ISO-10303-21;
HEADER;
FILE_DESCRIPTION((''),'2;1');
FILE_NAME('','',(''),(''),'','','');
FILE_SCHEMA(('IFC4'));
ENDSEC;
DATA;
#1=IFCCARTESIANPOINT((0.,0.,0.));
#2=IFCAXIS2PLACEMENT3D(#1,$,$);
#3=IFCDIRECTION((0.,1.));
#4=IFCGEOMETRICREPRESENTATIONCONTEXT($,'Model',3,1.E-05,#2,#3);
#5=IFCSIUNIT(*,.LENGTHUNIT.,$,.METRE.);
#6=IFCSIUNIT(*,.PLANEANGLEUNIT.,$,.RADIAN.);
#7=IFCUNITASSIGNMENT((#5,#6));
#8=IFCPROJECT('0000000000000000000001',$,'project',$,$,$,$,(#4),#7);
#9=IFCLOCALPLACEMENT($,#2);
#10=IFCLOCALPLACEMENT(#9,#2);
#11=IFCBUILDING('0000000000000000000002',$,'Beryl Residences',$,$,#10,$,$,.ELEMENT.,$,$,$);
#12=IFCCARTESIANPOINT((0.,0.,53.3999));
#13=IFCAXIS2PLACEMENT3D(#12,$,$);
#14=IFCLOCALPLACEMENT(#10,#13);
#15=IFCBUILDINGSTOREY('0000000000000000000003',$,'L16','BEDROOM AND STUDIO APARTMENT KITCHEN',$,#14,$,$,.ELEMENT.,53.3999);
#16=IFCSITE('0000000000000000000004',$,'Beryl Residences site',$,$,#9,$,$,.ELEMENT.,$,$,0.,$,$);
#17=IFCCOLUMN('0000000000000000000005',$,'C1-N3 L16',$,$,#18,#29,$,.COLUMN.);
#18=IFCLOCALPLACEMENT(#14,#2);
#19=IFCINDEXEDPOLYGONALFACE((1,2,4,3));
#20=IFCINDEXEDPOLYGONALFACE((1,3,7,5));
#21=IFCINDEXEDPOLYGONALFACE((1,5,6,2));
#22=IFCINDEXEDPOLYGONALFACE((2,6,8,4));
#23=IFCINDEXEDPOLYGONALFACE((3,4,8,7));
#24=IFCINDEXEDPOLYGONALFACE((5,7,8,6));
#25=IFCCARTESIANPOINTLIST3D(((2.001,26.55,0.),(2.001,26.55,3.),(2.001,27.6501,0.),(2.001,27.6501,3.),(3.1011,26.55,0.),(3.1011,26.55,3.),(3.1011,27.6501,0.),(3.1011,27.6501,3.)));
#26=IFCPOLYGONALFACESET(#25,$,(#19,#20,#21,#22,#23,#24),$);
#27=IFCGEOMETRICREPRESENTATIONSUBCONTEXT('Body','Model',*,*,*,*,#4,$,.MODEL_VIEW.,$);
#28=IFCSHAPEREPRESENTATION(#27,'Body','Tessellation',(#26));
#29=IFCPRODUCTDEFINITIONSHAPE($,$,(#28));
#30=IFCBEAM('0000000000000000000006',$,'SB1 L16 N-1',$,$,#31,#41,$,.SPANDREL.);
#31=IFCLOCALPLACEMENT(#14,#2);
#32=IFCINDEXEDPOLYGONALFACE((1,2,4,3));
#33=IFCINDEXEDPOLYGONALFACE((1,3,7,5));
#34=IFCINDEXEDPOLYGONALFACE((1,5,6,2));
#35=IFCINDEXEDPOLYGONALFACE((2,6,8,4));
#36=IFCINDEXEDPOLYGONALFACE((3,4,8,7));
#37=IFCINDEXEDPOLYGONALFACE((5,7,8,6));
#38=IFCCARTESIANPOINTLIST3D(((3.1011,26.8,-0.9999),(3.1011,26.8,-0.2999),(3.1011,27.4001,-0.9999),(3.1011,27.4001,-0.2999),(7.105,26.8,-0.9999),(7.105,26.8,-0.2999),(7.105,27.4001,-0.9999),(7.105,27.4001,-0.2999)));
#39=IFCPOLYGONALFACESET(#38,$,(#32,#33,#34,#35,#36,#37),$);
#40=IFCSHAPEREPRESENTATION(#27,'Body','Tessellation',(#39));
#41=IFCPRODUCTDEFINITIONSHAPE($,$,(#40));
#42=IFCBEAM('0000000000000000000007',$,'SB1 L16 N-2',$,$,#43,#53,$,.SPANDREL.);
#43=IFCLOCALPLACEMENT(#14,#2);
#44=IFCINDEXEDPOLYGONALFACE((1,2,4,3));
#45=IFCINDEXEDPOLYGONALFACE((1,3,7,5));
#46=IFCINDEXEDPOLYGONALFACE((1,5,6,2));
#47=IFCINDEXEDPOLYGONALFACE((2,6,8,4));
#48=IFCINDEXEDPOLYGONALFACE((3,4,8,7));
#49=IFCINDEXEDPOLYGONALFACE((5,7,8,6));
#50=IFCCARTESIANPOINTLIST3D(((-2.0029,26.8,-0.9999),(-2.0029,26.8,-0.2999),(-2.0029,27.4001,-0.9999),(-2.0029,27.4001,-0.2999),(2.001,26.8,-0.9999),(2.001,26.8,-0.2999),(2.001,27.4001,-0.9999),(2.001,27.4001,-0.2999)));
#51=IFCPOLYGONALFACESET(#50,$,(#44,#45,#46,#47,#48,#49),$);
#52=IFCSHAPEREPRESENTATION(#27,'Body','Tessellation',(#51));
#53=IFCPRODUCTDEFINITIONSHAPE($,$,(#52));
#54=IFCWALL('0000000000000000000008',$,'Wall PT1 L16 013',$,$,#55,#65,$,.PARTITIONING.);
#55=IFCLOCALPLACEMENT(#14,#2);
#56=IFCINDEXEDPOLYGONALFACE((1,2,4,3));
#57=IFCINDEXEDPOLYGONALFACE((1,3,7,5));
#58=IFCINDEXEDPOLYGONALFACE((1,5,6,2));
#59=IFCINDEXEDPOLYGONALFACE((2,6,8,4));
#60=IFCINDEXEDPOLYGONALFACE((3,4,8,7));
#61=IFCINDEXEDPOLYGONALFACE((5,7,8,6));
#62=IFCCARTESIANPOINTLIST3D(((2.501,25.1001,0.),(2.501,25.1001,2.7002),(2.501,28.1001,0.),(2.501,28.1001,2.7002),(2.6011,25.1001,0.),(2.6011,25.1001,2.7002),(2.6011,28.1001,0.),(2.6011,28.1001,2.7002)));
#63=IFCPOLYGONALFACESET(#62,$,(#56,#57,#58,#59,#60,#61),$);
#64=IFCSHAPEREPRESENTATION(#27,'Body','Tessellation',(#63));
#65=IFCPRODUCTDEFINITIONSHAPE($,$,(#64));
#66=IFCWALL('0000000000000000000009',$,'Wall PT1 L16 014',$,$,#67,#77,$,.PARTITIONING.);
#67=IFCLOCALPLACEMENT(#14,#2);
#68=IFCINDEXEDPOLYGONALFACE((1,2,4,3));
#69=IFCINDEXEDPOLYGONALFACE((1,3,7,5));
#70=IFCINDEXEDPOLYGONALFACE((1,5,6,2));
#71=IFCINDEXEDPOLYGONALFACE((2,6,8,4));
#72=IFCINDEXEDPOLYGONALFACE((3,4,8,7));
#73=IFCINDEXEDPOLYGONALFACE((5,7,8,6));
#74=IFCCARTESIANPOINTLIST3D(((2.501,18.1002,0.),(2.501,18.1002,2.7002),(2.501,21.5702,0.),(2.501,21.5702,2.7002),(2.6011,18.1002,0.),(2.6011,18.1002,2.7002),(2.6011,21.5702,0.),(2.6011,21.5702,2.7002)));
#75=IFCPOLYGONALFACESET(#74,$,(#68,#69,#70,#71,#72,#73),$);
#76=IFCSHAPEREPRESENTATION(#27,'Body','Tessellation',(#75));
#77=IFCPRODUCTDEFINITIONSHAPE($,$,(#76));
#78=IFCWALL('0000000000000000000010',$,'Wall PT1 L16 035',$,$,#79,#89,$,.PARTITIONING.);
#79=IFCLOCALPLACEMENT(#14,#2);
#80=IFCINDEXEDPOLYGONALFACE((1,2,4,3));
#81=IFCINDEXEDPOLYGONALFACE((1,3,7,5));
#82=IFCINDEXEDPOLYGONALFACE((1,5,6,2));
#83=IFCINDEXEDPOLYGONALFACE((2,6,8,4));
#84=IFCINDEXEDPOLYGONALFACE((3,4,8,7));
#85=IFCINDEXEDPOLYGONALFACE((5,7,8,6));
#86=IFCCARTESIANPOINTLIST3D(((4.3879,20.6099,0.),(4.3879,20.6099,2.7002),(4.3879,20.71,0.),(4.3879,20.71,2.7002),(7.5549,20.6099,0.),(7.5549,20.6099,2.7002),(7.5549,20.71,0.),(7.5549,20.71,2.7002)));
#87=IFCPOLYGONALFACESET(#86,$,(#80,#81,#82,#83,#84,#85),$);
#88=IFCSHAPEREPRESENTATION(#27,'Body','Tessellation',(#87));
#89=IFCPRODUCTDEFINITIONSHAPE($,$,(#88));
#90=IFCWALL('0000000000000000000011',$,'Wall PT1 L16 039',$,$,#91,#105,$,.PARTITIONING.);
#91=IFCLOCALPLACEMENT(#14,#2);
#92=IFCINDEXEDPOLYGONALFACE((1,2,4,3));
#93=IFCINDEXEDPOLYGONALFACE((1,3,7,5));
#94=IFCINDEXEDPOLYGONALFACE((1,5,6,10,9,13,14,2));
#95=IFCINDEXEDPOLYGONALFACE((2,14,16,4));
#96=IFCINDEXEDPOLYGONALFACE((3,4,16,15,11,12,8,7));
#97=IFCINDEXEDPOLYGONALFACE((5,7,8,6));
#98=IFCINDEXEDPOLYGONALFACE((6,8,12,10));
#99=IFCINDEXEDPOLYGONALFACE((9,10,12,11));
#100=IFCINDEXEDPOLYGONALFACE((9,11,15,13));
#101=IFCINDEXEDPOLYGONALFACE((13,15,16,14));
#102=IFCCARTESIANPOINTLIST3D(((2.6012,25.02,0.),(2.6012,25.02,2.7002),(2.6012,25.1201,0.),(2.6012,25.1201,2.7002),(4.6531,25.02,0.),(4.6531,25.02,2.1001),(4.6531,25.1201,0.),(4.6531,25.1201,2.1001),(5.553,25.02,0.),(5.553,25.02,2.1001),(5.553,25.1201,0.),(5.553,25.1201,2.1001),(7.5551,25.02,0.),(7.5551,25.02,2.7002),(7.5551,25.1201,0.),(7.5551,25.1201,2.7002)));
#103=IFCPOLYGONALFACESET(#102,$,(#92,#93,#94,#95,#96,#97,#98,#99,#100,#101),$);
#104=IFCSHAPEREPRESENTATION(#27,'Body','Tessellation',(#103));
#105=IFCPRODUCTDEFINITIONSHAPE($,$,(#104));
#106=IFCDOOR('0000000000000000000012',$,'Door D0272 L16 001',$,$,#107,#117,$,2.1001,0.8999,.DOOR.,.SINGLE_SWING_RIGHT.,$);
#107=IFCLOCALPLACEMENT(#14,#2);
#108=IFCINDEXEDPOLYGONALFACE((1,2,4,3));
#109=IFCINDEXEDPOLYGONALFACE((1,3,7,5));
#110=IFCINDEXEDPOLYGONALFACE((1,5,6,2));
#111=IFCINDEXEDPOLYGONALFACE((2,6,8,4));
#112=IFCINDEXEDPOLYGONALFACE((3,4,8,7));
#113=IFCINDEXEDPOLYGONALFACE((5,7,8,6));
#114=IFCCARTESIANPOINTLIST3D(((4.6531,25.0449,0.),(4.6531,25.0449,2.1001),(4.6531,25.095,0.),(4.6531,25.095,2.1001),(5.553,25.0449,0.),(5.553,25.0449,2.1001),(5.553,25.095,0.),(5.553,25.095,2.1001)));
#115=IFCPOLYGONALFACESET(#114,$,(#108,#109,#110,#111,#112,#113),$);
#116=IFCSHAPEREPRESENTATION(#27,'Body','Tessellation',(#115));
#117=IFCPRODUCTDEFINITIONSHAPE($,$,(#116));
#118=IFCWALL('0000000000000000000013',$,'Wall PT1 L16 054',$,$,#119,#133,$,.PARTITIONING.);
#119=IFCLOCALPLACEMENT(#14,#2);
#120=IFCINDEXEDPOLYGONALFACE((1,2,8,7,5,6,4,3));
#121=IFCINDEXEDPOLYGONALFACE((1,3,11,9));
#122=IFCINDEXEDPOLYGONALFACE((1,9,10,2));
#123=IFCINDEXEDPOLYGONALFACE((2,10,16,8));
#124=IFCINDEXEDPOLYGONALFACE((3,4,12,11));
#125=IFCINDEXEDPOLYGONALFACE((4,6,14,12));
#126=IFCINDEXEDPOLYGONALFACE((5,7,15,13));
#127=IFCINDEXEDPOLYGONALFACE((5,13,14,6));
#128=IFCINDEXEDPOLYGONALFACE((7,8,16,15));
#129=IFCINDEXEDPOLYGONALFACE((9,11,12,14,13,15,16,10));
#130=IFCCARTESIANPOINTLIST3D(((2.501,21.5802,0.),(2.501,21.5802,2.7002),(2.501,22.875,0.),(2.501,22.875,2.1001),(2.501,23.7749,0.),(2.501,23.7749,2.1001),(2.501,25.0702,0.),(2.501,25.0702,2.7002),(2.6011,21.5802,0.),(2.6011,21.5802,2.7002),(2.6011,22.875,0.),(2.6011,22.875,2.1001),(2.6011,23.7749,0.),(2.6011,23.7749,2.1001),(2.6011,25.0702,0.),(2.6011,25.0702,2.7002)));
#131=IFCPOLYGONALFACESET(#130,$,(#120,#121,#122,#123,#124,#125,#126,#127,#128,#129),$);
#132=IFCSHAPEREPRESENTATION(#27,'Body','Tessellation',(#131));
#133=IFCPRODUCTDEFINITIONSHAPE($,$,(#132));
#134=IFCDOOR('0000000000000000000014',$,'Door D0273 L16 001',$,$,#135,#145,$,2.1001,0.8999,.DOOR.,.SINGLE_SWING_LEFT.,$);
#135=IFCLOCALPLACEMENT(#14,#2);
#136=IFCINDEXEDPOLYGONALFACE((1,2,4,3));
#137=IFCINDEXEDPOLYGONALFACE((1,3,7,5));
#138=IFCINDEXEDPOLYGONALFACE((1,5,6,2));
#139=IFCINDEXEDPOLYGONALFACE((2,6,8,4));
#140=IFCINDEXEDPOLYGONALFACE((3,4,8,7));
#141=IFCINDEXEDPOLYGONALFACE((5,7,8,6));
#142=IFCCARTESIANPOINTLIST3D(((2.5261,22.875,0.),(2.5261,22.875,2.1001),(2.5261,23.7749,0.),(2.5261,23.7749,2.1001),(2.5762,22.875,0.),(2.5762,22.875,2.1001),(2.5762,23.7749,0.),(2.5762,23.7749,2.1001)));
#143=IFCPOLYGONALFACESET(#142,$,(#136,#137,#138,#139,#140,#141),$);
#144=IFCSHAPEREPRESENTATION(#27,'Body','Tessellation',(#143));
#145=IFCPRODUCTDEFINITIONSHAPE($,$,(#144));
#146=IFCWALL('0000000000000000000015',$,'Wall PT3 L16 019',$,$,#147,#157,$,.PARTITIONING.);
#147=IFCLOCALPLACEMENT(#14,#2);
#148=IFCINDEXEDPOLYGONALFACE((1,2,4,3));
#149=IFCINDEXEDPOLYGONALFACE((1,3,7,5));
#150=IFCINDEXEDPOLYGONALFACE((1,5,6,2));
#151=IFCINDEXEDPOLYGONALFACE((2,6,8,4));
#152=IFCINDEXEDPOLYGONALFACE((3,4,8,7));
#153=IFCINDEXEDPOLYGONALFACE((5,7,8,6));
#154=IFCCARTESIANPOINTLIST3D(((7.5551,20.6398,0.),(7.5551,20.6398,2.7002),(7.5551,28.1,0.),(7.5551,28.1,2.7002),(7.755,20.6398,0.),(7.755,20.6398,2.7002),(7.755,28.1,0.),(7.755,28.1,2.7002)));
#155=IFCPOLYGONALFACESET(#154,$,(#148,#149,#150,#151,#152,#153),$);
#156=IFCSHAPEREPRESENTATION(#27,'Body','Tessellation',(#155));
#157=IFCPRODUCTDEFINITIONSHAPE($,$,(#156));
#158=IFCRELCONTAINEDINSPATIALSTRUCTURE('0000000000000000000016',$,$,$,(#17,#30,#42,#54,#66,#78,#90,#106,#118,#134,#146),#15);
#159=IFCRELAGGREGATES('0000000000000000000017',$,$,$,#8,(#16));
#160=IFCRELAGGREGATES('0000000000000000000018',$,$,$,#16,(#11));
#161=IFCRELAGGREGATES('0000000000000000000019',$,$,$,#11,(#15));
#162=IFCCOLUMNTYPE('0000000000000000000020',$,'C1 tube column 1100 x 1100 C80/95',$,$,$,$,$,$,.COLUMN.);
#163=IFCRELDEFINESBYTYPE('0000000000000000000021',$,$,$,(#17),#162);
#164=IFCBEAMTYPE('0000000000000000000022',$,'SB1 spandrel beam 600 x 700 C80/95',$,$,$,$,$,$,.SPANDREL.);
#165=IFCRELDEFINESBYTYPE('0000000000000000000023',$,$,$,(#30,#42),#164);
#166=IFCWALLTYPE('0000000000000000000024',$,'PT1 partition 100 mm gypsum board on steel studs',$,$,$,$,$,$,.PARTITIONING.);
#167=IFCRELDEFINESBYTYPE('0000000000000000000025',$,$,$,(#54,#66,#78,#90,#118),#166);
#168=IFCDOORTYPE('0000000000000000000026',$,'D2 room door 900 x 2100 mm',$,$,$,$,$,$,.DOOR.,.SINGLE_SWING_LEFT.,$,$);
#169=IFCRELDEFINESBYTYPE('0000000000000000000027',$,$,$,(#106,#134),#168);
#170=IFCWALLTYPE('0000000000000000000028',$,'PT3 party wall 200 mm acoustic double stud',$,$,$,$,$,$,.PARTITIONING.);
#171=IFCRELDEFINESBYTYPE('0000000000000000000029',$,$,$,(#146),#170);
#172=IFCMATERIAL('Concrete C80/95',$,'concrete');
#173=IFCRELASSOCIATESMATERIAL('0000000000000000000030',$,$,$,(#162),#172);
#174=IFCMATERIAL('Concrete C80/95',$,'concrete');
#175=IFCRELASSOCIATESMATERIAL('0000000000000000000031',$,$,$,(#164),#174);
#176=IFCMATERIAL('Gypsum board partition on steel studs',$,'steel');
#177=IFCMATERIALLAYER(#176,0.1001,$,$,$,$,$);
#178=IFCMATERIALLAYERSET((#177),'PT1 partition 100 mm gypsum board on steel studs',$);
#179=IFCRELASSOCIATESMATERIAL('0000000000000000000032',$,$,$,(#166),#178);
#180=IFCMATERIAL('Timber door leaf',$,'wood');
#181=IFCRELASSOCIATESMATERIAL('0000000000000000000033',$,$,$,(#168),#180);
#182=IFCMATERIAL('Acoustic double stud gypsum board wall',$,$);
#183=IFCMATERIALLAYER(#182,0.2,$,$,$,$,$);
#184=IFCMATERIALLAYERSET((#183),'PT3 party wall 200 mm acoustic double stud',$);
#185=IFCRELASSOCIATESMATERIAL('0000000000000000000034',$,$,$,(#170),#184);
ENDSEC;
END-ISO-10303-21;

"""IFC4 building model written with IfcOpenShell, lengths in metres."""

from ifc_helpers import new_model, si_unit, direction, frame, frame_2d, origin, origin_2d, place, context, subcontext, project, spatial, rectangle, extrude, material, layer, layer_set, material_profile, profile_set, type_object, element, fill, save


model = new_model("IFC4")

# Units and contexts
model_context = context("Model", 3, precision=1e-05, world=origin(), true_north=direction((0.0, 1.0)))
body_context = subcontext(model_context, "Body", "Model", "MODEL_VIEW")
ifc_project = project(units=[si_unit("LENGTHUNIT", "METRE"), si_unit("PLANEANGLEUNIT", "RADIAN")], contexts=[model_context])

# Site, building, storey
site_placement = place(None, origin())
site = spatial("IfcSite", under=ifc_project, at=site_placement, Name="Beryl Residences site", CompositionType="ELEMENT", RefElevation=0.0)
building_placement = place(site_placement, origin())
building = spatial("IfcBuilding", under=site, at=building_placement, Name="Beryl Residences", CompositionType="ELEMENT")
storey_placement = place(building_placement, frame((0.0, 0.0, 53.3999)))
storey = spatial("IfcBuildingStorey", under=building, at=storey_placement, Name="L16", Description="BEDROOM AND STUDIO APARTMENT KITCHEN", CompositionType="ELEMENT", Elevation=53.3999)

# Column
ifc_material_1 = material(Name="Concrete C80/95", Category="concrete")
ifc_material_profile_1 = material_profile(ifc_material_1, rectangle(XDim=1.1001, YDim=1.1001, at=origin_2d()))
ifc_profile_set_1 = profile_set([ifc_material_profile_1], Name="Concrete C80/95")
column_type = type_object("IfcColumnType", Name="C1 tube column 1100 x 1100 C80/95", PredefinedType="COLUMN", material=ifc_profile_set_1)
column_placement = place(storey_placement, frame((2.551, 27.1001, 0.0), z_axis=(0.0, 0.0, 1.0), x_axis=(-1.0, 0.0, 0.0)))
element("IfcColumn", 1, at=column_placement, inside=storey, type_object=column_type, Name="C1-N3 L16", PredefinedType="COLUMN", context=body_context, shape_type="SweptSolid", body=[
    extrude(rectangle(XDim=1.1001, YDim=1.1001, at=origin_2d()), origin(), (0.0, 0.0, 1.0), 3.0),
])

# Beams
ifc_material_2 = material(Name="Concrete C80/95", Category="concrete")
ifc_material_profile_2 = material_profile(ifc_material_2, rectangle(XDim=0.6001, YDim=0.7, at=origin_2d()))
ifc_profile_set_2 = profile_set([ifc_material_profile_2], Name="Concrete C80/95")
beam_type = type_object("IfcBeamType", Name="SB1 spandrel beam 600 x 700 C80/95", PredefinedType="SPANDREL", material=ifc_profile_set_2)
for number, where, z_axis, x_axis, name in (
    (2, (7.105, 27.1001, -0.6499), (-1.0, 0.0, 0.0), (0.0, -1.0, 0.0), "SB1 L16 N-1"),
    (3, (2.001, 27.1001, -0.6499), (-1.0, 0.0, 0.0), (0.0, -1.0, 0.0), "SB1 L16 N-2"),
):
    element("IfcBeam", number, at=place(storey_placement, frame(where, z_axis=z_axis, x_axis=x_axis)), inside=storey, type_object=beam_type, Name=name, PredefinedType="SPANDREL", context=body_context, shape_type="SweptSolid", body=[
        extrude(rectangle(XDim=0.6001, YDim=0.7, at=origin_2d()), origin(), (0.0, 0.0, 1.0), 4.0039),
    ])

# Walls
ifc_material_3 = material(Name="Gypsum board partition on steel studs", Category="steel")
ifc_layer_1 = layer(ifc_material_3, 0.1001)
ifc_layer_set_1 = layer_set([ifc_layer_1], Name="PT1 partition 100 mm gypsum board on steel studs")
wall_type_1 = type_object("IfcWallType", Name="PT1 partition 100 mm gypsum board on steel studs", PredefinedType="PARTITIONING", material=ifc_layer_set_1)
wall_1_placement = place(storey_placement, frame((2.551, 28.1001, 0.0), z_axis=(0.0, 0.0, 1.0), x_axis=(0.0, -1.0, 0.0)))
element("IfcWall", 4, at=wall_1_placement, inside=storey, type_object=wall_type_1, Name="Wall PT1 L16 013", PredefinedType="PARTITIONING", context=body_context, shape_type="SweptSolid", body=[
    extrude(rectangle(XDim=3.0, YDim=0.1001, at=frame_2d((1.5, 0.0))), origin(), (0.0, 0.0, 1.0), 2.7002),
])
wall_2_placement = place(storey_placement, frame((2.551, 21.5701, 0.0), z_axis=(0.0, 0.0, 1.0), x_axis=(0.0, -1.0, 0.0)))
element("IfcWall", 5, at=wall_2_placement, inside=storey, type_object=wall_type_1, Name="Wall PT1 L16 014", PredefinedType="PARTITIONING", context=body_context, shape_type="SweptSolid", body=[
    extrude(rectangle(XDim=3.47, YDim=0.1001, at=frame_2d((1.7349, 0.0))), origin(), (0.0, 0.0, 1.0), 2.7002),
])
wall_3_placement = place(storey_placement, frame((4.3879, 20.6599, 0.0), z_axis=(0.0, 0.0, 1.0), x_axis=(1.0, 0.0, 0.0)))
element("IfcWall", 6, at=wall_3_placement, inside=storey, type_object=wall_type_1, Name="Wall PT1 L16 035", PredefinedType="PARTITIONING", context=body_context, shape_type="SweptSolid", body=[
    extrude(rectangle(XDim=3.167, YDim=0.1001, at=frame_2d((1.5835, 0.0))), origin(), (0.0, 0.0, 1.0), 2.7002),
])

# Walls, openings, doors
wall_4_placement = place(storey_placement, frame((2.6011, 25.0701, 0.0), z_axis=(0.0, 0.0, 1.0), x_axis=(1.0, 0.0, 0.0)))
wall_4 = element("IfcWall", 7, at=wall_4_placement, inside=storey, type_object=wall_type_1, Name="Wall PT1 L16 039", PredefinedType="PARTITIONING", context=body_context, shape_type="SweptSolid", body=[
    extrude(rectangle(XDim=4.9539, YDim=0.1001, at=frame_2d((2.4771, 0.0))), origin(), (0.0, 0.0, 1.0), 2.7002),
])
opening_1_placement = place(wall_4_placement, frame((2.052, 0.0, 0.0)))
opening_1 = element("IfcOpeningElement", 8, at=opening_1_placement, cuts=wall_4, PredefinedType="OPENING", context=body_context, shape_type="SweptSolid", body=[
    extrude(rectangle(XDim=0.8999, YDim=2.1001, at=frame_2d((0.45, 1.05))), frame((0.0, 0.0601, 0.0), z_axis=(0.0, -1.0, 0.0), x_axis=(1.0, 0.0, 0.0)), (0.0, 0.0, 1.0), 0.1201),
])
ifc_material_4 = material(Name="Timber door leaf", Category="wood")
door_type = type_object("IfcDoorType", Name="D2 room door 900 x 2100 mm", OperationType="SINGLE_SWING_LEFT", PredefinedType="DOOR", material=ifc_material_4)
door_1_placement = place(opening_1_placement, origin())
door_1 = element("IfcDoor", 9, at=door_1_placement, inside=storey, type_object=door_type, Name="Door D0272 L16 001", OperationType="SINGLE_SWING_RIGHT", OverallHeight=2.1001, OverallWidth=0.8999, PredefinedType="DOOR", context=body_context, shape_type="SweptSolid", body=[
    extrude(rectangle(XDim=0.8999, YDim=2.1001, at=frame_2d((0.45, 1.05))), frame((0.0, 0.0249, 0.0), z_axis=(0.0, -1.0, 0.0), x_axis=(1.0, 0.0, 0.0)), (0.0, 0.0, 1.0), 0.05),
])
fill(opening_1, door_1)
wall_5_placement = place(storey_placement, frame((2.551, 21.5801, 0.0), z_axis=(0.0, 0.0, 1.0), x_axis=(0.0, 1.0, 0.0)))
wall_5 = element("IfcWall", 10, at=wall_5_placement, inside=storey, type_object=wall_type_1, Name="Wall PT1 L16 054", PredefinedType="PARTITIONING", context=body_context, shape_type="SweptSolid", body=[
    extrude(rectangle(XDim=3.49, YDim=0.1001, at=frame_2d((1.7451, 0.0))), origin(), (0.0, 0.0, 1.0), 2.7002),
])
opening_2_placement = place(wall_5_placement, frame((1.2949, 0.0, 0.0)))
opening_2 = element("IfcOpeningElement", 11, at=opening_2_placement, cuts=wall_5, PredefinedType="OPENING", context=body_context, shape_type="SweptSolid", body=[
    extrude(rectangle(XDim=0.8999, YDim=2.1001, at=frame_2d((0.45, 1.05))), frame((0.0, 0.0601, 0.0), z_axis=(0.0, -1.0, 0.0), x_axis=(1.0, 0.0, 0.0)), (0.0, 0.0, 1.0), 0.1201),
])
door_2_placement = place(opening_2_placement, origin())
door_2 = element("IfcDoor", 12, at=door_2_placement, inside=storey, type_object=door_type, Name="Door D0273 L16 001", OperationType="SINGLE_SWING_LEFT", OverallHeight=2.1001, OverallWidth=0.8999, PredefinedType="DOOR", context=body_context, shape_type="SweptSolid", body=[
    extrude(rectangle(XDim=0.8999, YDim=2.1001, at=frame_2d((0.45, 1.05))), frame((0.0, 0.0249, 0.0), z_axis=(0.0, -1.0, 0.0), x_axis=(1.0, 0.0, 0.0)), (0.0, 0.0, 1.0), 0.05),
])
fill(opening_2, door_2)

# Wall
ifc_material_5 = material(Name="Acoustic double stud gypsum board wall")
ifc_layer_2 = layer(ifc_material_5, 0.2)
ifc_layer_set_2 = layer_set([ifc_layer_2], Name="PT3 party wall 200 mm acoustic double stud")
wall_type_2 = type_object("IfcWallType", Name="PT3 party wall 200 mm acoustic double stud", PredefinedType="PARTITIONING", material=ifc_layer_set_2)
wall_6_placement = place(storey_placement, frame((7.655, 20.6399, 0.0), z_axis=(0.0, 0.0, 1.0), x_axis=(0.0, 1.0, 0.0)))
element("IfcWall", 13, at=wall_6_placement, inside=storey, type_object=wall_type_2, Name="Wall PT3 L16 019", PredefinedType="PARTITIONING", context=body_context, shape_type="SweptSolid", body=[
    extrude(rectangle(XDim=7.4602, YDim=0.2, at=frame_2d((3.73, 0.0))), origin(), (0.0, 0.0, 1.0), 2.7002),
])

save(model, "model.ifc")
